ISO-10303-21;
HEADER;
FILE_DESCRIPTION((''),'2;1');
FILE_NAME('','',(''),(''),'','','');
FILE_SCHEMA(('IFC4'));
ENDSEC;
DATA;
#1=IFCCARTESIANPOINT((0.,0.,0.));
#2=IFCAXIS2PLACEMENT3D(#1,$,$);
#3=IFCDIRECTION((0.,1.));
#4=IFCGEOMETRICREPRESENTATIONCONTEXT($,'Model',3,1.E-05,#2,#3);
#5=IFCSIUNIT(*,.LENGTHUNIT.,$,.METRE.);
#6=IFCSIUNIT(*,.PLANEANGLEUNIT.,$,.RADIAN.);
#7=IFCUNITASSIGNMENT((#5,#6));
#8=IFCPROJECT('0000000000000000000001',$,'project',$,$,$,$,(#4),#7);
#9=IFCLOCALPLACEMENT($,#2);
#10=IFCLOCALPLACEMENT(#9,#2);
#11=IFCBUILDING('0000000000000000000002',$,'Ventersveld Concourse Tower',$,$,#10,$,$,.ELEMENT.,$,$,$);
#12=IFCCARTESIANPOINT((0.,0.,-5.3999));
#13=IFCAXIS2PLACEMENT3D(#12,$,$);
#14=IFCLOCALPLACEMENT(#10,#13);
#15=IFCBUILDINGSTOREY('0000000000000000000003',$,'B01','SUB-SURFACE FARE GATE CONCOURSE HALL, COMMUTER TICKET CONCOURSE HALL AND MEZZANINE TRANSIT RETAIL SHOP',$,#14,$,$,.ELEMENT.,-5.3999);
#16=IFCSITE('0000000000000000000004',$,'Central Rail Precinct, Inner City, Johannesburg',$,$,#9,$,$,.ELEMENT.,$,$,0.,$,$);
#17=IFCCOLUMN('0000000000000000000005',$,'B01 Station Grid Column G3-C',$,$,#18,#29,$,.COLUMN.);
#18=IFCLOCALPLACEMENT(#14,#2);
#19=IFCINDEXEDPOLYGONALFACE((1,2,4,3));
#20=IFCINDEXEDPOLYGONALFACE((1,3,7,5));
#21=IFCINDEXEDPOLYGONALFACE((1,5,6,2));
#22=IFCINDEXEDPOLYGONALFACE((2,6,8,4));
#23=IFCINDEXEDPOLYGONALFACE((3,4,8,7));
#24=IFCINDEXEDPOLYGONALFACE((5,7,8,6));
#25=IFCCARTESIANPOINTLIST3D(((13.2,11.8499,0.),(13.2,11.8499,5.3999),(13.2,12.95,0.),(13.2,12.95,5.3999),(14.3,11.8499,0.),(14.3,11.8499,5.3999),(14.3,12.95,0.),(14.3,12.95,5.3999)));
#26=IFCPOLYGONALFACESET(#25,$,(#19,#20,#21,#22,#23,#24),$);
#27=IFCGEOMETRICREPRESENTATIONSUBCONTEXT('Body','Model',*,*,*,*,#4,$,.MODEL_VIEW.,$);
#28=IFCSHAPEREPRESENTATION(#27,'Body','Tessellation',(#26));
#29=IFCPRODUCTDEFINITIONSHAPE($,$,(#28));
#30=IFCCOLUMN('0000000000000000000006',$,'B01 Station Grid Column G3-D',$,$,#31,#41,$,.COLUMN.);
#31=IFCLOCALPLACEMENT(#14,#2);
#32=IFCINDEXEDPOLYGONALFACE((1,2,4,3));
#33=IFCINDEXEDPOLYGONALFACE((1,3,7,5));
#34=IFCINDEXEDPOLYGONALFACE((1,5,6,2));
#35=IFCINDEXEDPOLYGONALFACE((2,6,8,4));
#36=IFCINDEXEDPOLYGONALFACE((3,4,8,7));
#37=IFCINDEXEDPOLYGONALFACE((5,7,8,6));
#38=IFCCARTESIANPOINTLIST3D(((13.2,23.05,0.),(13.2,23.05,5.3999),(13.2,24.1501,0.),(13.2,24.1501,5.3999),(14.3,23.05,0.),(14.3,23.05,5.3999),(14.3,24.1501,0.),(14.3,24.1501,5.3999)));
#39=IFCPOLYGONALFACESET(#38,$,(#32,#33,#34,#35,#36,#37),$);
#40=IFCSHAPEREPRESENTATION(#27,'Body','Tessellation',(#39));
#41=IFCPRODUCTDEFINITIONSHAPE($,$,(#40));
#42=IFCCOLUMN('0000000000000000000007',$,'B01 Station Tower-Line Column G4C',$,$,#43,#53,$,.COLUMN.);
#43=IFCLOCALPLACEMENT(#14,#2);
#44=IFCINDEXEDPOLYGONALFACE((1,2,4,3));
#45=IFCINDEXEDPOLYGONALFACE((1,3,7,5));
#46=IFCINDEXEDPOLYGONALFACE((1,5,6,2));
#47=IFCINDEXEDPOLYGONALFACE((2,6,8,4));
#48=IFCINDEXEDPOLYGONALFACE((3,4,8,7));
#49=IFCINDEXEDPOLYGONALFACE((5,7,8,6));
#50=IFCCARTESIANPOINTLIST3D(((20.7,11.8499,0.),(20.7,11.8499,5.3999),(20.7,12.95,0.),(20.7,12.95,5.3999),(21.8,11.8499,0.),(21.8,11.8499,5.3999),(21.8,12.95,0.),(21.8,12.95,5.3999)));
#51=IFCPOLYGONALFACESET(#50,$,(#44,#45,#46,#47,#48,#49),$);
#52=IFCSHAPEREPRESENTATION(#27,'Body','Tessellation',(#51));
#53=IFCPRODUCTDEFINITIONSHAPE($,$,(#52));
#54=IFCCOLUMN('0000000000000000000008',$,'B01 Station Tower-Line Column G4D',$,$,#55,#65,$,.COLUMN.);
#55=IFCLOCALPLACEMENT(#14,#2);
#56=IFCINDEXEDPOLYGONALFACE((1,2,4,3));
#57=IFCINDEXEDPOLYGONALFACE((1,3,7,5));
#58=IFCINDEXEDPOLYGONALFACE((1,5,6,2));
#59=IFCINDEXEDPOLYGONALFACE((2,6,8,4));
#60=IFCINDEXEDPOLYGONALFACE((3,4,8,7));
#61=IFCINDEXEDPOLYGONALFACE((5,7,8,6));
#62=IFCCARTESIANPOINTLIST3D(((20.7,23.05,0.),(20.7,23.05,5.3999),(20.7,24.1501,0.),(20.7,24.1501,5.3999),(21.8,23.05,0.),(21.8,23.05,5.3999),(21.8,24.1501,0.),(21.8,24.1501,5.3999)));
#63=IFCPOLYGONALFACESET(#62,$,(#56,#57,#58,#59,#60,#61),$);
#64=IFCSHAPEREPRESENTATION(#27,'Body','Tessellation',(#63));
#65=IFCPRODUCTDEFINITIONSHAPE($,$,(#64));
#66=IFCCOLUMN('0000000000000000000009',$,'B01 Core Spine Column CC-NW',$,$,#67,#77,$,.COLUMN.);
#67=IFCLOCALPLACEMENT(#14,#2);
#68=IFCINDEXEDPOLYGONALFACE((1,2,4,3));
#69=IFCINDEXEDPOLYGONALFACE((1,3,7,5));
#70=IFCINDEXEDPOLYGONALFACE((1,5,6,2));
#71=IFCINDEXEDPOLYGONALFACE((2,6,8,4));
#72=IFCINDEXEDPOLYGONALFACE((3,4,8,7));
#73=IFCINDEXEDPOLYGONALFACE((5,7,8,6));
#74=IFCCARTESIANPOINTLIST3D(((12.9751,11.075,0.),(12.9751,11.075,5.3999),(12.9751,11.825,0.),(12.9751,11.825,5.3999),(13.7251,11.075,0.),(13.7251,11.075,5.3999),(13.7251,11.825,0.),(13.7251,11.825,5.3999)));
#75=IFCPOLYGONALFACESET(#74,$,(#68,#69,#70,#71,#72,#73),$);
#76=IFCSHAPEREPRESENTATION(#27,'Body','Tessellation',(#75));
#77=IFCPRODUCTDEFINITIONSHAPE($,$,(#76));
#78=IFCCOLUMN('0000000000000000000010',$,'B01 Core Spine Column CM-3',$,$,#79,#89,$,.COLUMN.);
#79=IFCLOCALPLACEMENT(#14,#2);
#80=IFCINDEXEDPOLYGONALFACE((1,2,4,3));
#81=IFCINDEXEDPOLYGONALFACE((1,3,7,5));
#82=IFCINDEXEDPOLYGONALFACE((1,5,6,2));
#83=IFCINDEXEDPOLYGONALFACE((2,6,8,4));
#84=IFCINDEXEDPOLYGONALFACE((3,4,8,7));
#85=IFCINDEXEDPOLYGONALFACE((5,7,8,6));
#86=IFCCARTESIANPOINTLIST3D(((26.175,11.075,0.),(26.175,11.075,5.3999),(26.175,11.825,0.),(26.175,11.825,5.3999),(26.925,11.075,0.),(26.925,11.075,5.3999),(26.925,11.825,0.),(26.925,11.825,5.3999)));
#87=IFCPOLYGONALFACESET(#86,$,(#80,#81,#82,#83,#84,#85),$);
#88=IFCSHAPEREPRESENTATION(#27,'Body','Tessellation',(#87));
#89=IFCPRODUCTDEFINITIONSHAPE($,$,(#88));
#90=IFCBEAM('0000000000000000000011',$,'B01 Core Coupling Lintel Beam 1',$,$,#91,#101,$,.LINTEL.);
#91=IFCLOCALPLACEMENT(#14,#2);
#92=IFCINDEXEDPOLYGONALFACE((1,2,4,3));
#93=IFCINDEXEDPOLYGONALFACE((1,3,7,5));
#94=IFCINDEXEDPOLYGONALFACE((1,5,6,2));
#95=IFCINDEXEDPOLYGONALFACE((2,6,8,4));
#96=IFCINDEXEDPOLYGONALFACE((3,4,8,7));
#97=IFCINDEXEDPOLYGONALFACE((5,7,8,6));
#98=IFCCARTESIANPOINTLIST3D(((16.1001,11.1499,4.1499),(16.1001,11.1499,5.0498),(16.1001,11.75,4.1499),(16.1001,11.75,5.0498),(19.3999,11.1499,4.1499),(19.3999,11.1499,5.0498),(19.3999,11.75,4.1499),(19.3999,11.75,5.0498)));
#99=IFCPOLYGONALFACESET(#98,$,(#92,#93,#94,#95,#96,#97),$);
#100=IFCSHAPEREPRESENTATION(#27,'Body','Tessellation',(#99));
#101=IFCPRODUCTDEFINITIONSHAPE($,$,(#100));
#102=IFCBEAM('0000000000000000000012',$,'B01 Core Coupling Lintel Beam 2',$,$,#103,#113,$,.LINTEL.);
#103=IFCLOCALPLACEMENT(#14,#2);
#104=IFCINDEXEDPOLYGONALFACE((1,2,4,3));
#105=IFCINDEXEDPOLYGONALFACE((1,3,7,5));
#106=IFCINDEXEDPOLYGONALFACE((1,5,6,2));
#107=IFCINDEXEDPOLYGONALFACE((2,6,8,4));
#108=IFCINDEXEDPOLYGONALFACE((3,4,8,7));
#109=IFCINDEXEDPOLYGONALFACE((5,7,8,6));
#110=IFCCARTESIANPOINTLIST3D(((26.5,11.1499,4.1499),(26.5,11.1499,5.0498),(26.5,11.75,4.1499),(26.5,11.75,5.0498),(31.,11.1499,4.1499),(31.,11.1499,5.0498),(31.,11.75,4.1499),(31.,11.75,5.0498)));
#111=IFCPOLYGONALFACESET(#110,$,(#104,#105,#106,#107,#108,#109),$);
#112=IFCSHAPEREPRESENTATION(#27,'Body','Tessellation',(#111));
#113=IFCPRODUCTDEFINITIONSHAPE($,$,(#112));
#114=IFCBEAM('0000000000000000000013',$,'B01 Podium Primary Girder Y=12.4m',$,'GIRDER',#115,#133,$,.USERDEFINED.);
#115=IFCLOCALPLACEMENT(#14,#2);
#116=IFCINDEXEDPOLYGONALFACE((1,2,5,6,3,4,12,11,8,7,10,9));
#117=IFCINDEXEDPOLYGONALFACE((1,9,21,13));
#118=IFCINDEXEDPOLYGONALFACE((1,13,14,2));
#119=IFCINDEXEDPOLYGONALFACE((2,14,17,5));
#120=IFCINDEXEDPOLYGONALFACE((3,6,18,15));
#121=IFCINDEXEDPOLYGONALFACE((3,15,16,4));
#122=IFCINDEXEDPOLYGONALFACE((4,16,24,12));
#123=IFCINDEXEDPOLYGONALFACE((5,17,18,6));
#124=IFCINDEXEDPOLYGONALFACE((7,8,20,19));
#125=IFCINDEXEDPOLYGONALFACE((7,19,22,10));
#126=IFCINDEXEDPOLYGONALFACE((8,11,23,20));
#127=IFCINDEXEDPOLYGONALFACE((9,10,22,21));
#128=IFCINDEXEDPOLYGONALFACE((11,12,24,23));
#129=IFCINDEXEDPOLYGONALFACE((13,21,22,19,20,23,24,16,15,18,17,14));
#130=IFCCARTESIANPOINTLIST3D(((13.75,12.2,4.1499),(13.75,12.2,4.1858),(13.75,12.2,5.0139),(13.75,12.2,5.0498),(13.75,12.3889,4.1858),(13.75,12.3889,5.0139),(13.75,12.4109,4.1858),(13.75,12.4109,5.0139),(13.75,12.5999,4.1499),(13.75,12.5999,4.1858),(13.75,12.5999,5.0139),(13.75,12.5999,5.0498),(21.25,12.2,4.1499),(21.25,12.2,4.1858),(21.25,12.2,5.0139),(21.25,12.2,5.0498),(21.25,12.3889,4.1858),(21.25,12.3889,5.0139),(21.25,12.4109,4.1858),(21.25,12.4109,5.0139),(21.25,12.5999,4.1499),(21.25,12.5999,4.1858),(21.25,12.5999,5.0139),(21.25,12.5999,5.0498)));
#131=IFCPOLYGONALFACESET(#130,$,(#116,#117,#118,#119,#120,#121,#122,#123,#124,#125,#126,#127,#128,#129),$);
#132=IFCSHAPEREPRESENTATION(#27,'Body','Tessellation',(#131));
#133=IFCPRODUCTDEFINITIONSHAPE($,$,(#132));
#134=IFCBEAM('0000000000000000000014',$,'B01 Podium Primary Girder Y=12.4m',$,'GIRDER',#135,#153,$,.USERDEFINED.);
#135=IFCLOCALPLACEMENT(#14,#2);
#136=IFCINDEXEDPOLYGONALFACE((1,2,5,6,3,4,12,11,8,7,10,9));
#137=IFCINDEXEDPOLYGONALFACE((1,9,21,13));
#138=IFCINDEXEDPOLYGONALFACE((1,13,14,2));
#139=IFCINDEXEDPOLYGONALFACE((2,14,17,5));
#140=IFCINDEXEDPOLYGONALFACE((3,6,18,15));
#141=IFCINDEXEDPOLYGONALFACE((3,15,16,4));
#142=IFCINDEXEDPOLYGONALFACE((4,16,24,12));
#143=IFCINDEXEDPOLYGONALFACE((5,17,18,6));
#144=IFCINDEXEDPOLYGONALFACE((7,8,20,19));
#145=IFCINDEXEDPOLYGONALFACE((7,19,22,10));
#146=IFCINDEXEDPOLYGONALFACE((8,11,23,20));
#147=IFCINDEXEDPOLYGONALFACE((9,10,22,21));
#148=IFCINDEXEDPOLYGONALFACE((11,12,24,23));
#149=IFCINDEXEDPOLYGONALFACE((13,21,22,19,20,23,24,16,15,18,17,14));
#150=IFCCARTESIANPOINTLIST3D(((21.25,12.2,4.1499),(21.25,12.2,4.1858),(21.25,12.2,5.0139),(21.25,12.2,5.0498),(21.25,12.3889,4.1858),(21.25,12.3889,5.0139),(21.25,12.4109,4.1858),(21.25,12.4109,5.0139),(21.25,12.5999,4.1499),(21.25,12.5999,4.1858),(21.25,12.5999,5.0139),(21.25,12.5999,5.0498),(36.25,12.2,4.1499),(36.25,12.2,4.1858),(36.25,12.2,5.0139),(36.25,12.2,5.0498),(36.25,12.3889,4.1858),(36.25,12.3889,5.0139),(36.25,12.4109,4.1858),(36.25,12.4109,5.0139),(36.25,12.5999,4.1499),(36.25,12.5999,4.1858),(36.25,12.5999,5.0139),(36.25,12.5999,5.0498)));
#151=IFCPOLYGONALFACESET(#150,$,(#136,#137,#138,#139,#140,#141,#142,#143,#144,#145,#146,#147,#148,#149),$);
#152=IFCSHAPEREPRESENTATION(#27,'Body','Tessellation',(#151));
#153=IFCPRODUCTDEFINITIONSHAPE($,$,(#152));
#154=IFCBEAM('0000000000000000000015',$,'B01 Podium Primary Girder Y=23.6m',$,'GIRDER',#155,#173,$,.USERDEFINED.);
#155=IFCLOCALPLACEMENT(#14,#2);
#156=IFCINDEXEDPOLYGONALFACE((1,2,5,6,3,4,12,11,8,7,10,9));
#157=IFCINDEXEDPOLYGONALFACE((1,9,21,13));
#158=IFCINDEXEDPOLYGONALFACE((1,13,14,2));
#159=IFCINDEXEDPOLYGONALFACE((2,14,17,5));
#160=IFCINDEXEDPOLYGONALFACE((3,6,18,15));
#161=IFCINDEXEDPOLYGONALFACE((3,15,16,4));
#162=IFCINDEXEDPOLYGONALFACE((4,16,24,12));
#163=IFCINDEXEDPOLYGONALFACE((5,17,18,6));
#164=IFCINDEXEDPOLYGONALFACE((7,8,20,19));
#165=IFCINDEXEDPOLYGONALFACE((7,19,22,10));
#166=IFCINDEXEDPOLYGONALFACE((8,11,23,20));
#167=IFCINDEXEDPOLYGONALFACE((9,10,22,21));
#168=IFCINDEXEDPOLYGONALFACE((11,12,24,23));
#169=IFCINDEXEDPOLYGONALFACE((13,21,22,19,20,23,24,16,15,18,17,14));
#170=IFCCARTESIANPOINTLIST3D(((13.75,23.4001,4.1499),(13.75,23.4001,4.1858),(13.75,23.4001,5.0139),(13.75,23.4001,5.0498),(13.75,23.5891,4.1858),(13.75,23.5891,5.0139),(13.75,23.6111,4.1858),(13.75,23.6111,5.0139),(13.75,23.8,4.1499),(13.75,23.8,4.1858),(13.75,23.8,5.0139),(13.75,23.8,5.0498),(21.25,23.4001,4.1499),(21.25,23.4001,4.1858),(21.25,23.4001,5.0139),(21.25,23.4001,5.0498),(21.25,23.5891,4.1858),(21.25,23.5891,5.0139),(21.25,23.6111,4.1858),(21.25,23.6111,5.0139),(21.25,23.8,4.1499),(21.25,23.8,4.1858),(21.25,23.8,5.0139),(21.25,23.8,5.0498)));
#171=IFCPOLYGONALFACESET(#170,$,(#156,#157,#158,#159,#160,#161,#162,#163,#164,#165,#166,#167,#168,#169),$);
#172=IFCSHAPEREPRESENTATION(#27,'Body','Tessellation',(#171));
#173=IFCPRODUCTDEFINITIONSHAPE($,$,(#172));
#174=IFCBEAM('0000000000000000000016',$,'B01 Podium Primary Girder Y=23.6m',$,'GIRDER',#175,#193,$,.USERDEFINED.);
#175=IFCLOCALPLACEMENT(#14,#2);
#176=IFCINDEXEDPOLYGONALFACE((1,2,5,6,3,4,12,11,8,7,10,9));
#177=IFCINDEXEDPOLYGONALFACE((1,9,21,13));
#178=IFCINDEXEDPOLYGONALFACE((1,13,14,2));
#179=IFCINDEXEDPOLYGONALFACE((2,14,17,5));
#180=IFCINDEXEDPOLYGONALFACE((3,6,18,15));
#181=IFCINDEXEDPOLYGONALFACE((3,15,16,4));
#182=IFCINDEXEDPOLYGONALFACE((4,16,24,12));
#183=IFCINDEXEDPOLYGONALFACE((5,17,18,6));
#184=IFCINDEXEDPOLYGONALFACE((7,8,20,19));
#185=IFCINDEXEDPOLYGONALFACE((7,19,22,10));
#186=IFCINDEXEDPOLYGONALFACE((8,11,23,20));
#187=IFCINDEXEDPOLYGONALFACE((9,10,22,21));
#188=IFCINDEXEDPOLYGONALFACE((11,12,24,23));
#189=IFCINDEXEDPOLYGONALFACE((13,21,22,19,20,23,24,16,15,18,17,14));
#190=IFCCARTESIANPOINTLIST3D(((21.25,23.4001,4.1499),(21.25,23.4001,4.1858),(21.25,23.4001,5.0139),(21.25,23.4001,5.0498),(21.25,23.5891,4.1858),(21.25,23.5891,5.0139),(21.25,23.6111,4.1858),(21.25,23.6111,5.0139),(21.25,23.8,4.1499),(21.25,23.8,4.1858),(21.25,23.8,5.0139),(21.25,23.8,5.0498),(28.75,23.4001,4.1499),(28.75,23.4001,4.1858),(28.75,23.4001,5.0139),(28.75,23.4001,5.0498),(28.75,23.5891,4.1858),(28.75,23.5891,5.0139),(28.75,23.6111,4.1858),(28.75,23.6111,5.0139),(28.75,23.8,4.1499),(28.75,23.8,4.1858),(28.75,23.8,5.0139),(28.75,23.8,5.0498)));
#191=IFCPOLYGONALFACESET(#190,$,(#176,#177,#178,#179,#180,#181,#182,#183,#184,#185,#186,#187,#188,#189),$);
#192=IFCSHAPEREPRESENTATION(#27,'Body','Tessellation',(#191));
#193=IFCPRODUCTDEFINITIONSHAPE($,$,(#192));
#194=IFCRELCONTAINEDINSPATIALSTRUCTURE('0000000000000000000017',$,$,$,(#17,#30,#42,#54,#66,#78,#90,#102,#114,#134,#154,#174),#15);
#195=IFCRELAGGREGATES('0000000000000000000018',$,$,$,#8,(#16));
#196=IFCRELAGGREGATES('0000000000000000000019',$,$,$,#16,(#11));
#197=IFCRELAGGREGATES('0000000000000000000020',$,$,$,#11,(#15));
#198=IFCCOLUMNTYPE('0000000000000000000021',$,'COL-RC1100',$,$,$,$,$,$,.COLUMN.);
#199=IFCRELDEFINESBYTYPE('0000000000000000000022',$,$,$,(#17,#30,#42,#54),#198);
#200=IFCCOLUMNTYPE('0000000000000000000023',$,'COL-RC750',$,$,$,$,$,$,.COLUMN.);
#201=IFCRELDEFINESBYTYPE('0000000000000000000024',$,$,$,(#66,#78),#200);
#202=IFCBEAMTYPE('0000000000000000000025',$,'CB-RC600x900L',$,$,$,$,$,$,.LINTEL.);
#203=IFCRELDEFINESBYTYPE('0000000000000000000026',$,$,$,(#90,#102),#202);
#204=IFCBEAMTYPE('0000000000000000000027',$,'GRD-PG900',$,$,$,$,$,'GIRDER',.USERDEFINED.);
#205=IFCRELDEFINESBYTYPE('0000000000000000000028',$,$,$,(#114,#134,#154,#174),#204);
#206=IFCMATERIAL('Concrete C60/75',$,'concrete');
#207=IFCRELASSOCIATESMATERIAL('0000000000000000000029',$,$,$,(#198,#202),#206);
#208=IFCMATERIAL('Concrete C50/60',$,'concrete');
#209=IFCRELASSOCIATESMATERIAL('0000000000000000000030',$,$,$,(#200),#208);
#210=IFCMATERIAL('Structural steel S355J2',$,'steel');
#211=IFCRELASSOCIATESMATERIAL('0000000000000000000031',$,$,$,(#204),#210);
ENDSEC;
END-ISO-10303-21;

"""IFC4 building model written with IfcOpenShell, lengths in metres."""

from ifc_helpers import new_model, si_unit, direction, frame, origin, origin_2d, place, context, subcontext, project, spatial, rectangle, i_section, extrude, material, material_profile, profile_set, type_object, element, save


model = new_model("IFC4")

# Units and contexts
model_context = context("Model", 3, precision=1e-05, world=origin(), true_north=direction((0.0, 1.0)))
body_context = subcontext(model_context, "Body", "Model", "MODEL_VIEW")
ifc_project = project(units=[si_unit("LENGTHUNIT", "METRE"), si_unit("PLANEANGLEUNIT", "RADIAN")], contexts=[model_context])

# Site, building, storey
site_placement = place(None, origin())
site = spatial("IfcSite", under=ifc_project, at=site_placement, Name="Central Rail Precinct, Inner City, Johannesburg", CompositionType="ELEMENT", RefElevation=0.0)
building_placement = place(site_placement, origin())
building = spatial("IfcBuilding", under=site, at=building_placement, Name="Ventersveld Concourse Tower", CompositionType="ELEMENT")
storey_placement = place(building_placement, frame((0.0, 0.0, -5.3999)))
storey = spatial("IfcBuildingStorey", under=building, at=storey_placement, Name="B01", Description="SUB-SURFACE FARE GATE CONCOURSE HALL, COMMUTER TICKET CONCOURSE HALL AND MEZZANINE TRANSIT RETAIL SHOP", CompositionType="ELEMENT", Elevation=-5.3999)

# Columns
ifc_material_1 = material(Name="Concrete C60/75", Category="concrete")
ifc_material_profile_1 = material_profile(ifc_material_1, rectangle(XDim=1.1001, YDim=1.1001, at=origin_2d()), Name="RC 1100x1100")
ifc_profile_set_1 = profile_set([ifc_material_profile_1], Name="Concrete C60/75")
column_type_1 = type_object("IfcColumnType", Name="COL-RC1100", PredefinedType="COLUMN", material=ifc_profile_set_1)
for number, where, z_axis, x_axis, name in (
    (1, (13.75, 12.3999, 0.0), (0.0, 0.0, 1.0), (1.0, 0.0, 0.0), "B01 Station Grid Column G3-C"),
    (2, (13.75, 23.6001, 0.0), (0.0, 0.0, 1.0), (1.0, 0.0, 0.0), "B01 Station Grid Column G3-D"),
    (3, (21.25, 12.3999, 0.0), (0.0, 0.0, 1.0), (1.0, 0.0, 0.0), "B01 Station Tower-Line Column G4C"),
    (4, (21.25, 23.6001, 0.0), (0.0, 0.0, 1.0), (1.0, 0.0, 0.0), "B01 Station Tower-Line Column G4D"),
):
    element("IfcColumn", number, at=place(storey_placement, frame(where, z_axis=z_axis, x_axis=x_axis)), inside=storey, type_object=column_type_1, Name=name, PredefinedType="COLUMN", context=body_context, shape_type="SweptSolid", body=[
        extrude(rectangle(XDim=1.1001, YDim=1.1001, at=origin_2d()), origin(), (0.0, 0.0, 1.0), 5.3999),
    ])
ifc_material_2 = material(Name="Concrete C50/60", Category="concrete")
ifc_material_profile_2 = material_profile(ifc_material_2, rectangle(XDim=0.75, YDim=0.75, at=origin_2d()), Name="RC 750x750")
ifc_profile_set_2 = profile_set([ifc_material_profile_2], Name="Concrete C50/60")
column_type_2 = type_object("IfcColumnType", Name="COL-RC750", PredefinedType="COLUMN", material=ifc_profile_set_2)
for number, where, z_axis, x_axis, name in (
    (5, (13.3501, 11.45, 0.0), (0.0, 0.0, 1.0), (1.0, 0.0, 0.0), "B01 Core Spine Column CC-NW"),
    (6, (26.55, 11.45, 0.0), (0.0, 0.0, 1.0), (1.0, 0.0, 0.0), "B01 Core Spine Column CM-3"),
):
    element("IfcColumn", number, at=place(storey_placement, frame(where, z_axis=z_axis, x_axis=x_axis)), inside=storey, type_object=column_type_2, Name=name, PredefinedType="COLUMN", context=body_context, shape_type="SweptSolid", body=[
        extrude(rectangle(XDim=0.75, YDim=0.75, at=origin_2d()), origin(), (0.0, 0.0, 1.0), 5.3999),
    ])

# Beams
ifc_material_profile_3 = material_profile(ifc_material_1, rectangle(XDim=0.6001, YDim=0.8999, at=origin_2d()), Name="RC 600x900")
ifc_profile_set_3 = profile_set([ifc_material_profile_3], Name="Concrete C60/75")
beam_type_1 = type_object("IfcBeamType", Name="CB-RC600x900L", PredefinedType="LINTEL", material=ifc_profile_set_3)
beam_1_placement = place(storey_placement, frame((16.1001, 11.45, 4.5999), z_axis=(1.0, 0.0, 0.0), x_axis=(0.0, 1.0, 0.0)))
element("IfcBeam", 7, at=beam_1_placement, inside=storey, type_object=beam_type_1, Name="B01 Core Coupling Lintel Beam 1", PredefinedType="LINTEL", context=body_context, shape_type="SweptSolid", body=[
    extrude(rectangle(XDim=0.6001, YDim=0.8999, at=origin_2d()), origin(), (0.0, 0.0, 1.0), 3.2998),
])
beam_2_placement = place(storey_placement, frame((26.5, 11.45, 4.5999), z_axis=(1.0, 0.0, 0.0), x_axis=(0.0, 1.0, 0.0)))
element("IfcBeam", 8, at=beam_2_placement, inside=storey, type_object=beam_type_1, Name="B01 Core Coupling Lintel Beam 2", PredefinedType="LINTEL", context=body_context, shape_type="SweptSolid", body=[
    extrude(rectangle(XDim=0.6001, YDim=0.8999, at=origin_2d()), origin(), (0.0, 0.0, 1.0), 4.5),
])
ifc_material_3 = material(Name="Structural steel S355J2", Category="steel")
ifc_material_profile_4 = material_profile(ifc_material_3, i_section(OverallWidth=0.3999, OverallDepth=0.8999, WebThickness=0.022, FlangeThickness=0.0359, at=origin_2d()), Name="PG 900x400x36")
ifc_profile_set_4 = profile_set([ifc_material_profile_4], Name="Structural steel S355J2")
beam_type_2 = type_object("IfcBeamType", Name="GRD-PG900", ElementType="GIRDER", PredefinedType="USERDEFINED", material=ifc_profile_set_4)
beam_3_placement = place(storey_placement, frame((13.75, 12.3999, 4.5999), z_axis=(1.0, 0.0, 0.0), x_axis=(0.0, 1.0, 0.0)))
element("IfcBeam", 9, at=beam_3_placement, inside=storey, type_object=beam_type_2, Name="B01 Podium Primary Girder Y=12.4m", ObjectType="GIRDER", PredefinedType="USERDEFINED", context=body_context, shape_type="SweptSolid", body=[
    extrude(i_section(OverallWidth=0.3999, OverallDepth=0.8999, WebThickness=0.022, FlangeThickness=0.0359, at=origin_2d()), origin(), (0.0, 0.0, 1.0), 7.5),
])
beam_4_placement = place(storey_placement, frame((21.25, 12.3999, 4.5999), z_axis=(1.0, 0.0, 0.0), x_axis=(0.0, 1.0, 0.0)))
element("IfcBeam", 10, at=beam_4_placement, inside=storey, type_object=beam_type_2, Name="B01 Podium Primary Girder Y=12.4m", ObjectType="GIRDER", PredefinedType="USERDEFINED", context=body_context, shape_type="SweptSolid", body=[
    extrude(i_section(OverallWidth=0.3999, OverallDepth=0.8999, WebThickness=0.022, FlangeThickness=0.0359, at=origin_2d()), origin(), (0.0, 0.0, 1.0), 15.0),
])
for number, where, z_axis, x_axis, name in (
    (11, (13.75, 23.6001, 4.5999), (1.0, 0.0, 0.0), (0.0, 1.0, 0.0), "B01 Podium Primary Girder Y=23.6m"),
    (12, (21.25, 23.6001, 4.5999), (1.0, 0.0, 0.0), (0.0, 1.0, 0.0), "B01 Podium Primary Girder Y=23.6m"),
):
    element("IfcBeam", number, at=place(storey_placement, frame(where, z_axis=z_axis, x_axis=x_axis)), inside=storey, type_object=beam_type_2, Name=name, ObjectType="GIRDER", PredefinedType="USERDEFINED", context=body_context, shape_type="SweptSolid", body=[
        extrude(i_section(OverallWidth=0.3999, OverallDepth=0.8999, WebThickness=0.022, FlangeThickness=0.0359, at=origin_2d()), origin(), (0.0, 0.0, 1.0), 7.5),
    ])

save(model, "model.ifc")
